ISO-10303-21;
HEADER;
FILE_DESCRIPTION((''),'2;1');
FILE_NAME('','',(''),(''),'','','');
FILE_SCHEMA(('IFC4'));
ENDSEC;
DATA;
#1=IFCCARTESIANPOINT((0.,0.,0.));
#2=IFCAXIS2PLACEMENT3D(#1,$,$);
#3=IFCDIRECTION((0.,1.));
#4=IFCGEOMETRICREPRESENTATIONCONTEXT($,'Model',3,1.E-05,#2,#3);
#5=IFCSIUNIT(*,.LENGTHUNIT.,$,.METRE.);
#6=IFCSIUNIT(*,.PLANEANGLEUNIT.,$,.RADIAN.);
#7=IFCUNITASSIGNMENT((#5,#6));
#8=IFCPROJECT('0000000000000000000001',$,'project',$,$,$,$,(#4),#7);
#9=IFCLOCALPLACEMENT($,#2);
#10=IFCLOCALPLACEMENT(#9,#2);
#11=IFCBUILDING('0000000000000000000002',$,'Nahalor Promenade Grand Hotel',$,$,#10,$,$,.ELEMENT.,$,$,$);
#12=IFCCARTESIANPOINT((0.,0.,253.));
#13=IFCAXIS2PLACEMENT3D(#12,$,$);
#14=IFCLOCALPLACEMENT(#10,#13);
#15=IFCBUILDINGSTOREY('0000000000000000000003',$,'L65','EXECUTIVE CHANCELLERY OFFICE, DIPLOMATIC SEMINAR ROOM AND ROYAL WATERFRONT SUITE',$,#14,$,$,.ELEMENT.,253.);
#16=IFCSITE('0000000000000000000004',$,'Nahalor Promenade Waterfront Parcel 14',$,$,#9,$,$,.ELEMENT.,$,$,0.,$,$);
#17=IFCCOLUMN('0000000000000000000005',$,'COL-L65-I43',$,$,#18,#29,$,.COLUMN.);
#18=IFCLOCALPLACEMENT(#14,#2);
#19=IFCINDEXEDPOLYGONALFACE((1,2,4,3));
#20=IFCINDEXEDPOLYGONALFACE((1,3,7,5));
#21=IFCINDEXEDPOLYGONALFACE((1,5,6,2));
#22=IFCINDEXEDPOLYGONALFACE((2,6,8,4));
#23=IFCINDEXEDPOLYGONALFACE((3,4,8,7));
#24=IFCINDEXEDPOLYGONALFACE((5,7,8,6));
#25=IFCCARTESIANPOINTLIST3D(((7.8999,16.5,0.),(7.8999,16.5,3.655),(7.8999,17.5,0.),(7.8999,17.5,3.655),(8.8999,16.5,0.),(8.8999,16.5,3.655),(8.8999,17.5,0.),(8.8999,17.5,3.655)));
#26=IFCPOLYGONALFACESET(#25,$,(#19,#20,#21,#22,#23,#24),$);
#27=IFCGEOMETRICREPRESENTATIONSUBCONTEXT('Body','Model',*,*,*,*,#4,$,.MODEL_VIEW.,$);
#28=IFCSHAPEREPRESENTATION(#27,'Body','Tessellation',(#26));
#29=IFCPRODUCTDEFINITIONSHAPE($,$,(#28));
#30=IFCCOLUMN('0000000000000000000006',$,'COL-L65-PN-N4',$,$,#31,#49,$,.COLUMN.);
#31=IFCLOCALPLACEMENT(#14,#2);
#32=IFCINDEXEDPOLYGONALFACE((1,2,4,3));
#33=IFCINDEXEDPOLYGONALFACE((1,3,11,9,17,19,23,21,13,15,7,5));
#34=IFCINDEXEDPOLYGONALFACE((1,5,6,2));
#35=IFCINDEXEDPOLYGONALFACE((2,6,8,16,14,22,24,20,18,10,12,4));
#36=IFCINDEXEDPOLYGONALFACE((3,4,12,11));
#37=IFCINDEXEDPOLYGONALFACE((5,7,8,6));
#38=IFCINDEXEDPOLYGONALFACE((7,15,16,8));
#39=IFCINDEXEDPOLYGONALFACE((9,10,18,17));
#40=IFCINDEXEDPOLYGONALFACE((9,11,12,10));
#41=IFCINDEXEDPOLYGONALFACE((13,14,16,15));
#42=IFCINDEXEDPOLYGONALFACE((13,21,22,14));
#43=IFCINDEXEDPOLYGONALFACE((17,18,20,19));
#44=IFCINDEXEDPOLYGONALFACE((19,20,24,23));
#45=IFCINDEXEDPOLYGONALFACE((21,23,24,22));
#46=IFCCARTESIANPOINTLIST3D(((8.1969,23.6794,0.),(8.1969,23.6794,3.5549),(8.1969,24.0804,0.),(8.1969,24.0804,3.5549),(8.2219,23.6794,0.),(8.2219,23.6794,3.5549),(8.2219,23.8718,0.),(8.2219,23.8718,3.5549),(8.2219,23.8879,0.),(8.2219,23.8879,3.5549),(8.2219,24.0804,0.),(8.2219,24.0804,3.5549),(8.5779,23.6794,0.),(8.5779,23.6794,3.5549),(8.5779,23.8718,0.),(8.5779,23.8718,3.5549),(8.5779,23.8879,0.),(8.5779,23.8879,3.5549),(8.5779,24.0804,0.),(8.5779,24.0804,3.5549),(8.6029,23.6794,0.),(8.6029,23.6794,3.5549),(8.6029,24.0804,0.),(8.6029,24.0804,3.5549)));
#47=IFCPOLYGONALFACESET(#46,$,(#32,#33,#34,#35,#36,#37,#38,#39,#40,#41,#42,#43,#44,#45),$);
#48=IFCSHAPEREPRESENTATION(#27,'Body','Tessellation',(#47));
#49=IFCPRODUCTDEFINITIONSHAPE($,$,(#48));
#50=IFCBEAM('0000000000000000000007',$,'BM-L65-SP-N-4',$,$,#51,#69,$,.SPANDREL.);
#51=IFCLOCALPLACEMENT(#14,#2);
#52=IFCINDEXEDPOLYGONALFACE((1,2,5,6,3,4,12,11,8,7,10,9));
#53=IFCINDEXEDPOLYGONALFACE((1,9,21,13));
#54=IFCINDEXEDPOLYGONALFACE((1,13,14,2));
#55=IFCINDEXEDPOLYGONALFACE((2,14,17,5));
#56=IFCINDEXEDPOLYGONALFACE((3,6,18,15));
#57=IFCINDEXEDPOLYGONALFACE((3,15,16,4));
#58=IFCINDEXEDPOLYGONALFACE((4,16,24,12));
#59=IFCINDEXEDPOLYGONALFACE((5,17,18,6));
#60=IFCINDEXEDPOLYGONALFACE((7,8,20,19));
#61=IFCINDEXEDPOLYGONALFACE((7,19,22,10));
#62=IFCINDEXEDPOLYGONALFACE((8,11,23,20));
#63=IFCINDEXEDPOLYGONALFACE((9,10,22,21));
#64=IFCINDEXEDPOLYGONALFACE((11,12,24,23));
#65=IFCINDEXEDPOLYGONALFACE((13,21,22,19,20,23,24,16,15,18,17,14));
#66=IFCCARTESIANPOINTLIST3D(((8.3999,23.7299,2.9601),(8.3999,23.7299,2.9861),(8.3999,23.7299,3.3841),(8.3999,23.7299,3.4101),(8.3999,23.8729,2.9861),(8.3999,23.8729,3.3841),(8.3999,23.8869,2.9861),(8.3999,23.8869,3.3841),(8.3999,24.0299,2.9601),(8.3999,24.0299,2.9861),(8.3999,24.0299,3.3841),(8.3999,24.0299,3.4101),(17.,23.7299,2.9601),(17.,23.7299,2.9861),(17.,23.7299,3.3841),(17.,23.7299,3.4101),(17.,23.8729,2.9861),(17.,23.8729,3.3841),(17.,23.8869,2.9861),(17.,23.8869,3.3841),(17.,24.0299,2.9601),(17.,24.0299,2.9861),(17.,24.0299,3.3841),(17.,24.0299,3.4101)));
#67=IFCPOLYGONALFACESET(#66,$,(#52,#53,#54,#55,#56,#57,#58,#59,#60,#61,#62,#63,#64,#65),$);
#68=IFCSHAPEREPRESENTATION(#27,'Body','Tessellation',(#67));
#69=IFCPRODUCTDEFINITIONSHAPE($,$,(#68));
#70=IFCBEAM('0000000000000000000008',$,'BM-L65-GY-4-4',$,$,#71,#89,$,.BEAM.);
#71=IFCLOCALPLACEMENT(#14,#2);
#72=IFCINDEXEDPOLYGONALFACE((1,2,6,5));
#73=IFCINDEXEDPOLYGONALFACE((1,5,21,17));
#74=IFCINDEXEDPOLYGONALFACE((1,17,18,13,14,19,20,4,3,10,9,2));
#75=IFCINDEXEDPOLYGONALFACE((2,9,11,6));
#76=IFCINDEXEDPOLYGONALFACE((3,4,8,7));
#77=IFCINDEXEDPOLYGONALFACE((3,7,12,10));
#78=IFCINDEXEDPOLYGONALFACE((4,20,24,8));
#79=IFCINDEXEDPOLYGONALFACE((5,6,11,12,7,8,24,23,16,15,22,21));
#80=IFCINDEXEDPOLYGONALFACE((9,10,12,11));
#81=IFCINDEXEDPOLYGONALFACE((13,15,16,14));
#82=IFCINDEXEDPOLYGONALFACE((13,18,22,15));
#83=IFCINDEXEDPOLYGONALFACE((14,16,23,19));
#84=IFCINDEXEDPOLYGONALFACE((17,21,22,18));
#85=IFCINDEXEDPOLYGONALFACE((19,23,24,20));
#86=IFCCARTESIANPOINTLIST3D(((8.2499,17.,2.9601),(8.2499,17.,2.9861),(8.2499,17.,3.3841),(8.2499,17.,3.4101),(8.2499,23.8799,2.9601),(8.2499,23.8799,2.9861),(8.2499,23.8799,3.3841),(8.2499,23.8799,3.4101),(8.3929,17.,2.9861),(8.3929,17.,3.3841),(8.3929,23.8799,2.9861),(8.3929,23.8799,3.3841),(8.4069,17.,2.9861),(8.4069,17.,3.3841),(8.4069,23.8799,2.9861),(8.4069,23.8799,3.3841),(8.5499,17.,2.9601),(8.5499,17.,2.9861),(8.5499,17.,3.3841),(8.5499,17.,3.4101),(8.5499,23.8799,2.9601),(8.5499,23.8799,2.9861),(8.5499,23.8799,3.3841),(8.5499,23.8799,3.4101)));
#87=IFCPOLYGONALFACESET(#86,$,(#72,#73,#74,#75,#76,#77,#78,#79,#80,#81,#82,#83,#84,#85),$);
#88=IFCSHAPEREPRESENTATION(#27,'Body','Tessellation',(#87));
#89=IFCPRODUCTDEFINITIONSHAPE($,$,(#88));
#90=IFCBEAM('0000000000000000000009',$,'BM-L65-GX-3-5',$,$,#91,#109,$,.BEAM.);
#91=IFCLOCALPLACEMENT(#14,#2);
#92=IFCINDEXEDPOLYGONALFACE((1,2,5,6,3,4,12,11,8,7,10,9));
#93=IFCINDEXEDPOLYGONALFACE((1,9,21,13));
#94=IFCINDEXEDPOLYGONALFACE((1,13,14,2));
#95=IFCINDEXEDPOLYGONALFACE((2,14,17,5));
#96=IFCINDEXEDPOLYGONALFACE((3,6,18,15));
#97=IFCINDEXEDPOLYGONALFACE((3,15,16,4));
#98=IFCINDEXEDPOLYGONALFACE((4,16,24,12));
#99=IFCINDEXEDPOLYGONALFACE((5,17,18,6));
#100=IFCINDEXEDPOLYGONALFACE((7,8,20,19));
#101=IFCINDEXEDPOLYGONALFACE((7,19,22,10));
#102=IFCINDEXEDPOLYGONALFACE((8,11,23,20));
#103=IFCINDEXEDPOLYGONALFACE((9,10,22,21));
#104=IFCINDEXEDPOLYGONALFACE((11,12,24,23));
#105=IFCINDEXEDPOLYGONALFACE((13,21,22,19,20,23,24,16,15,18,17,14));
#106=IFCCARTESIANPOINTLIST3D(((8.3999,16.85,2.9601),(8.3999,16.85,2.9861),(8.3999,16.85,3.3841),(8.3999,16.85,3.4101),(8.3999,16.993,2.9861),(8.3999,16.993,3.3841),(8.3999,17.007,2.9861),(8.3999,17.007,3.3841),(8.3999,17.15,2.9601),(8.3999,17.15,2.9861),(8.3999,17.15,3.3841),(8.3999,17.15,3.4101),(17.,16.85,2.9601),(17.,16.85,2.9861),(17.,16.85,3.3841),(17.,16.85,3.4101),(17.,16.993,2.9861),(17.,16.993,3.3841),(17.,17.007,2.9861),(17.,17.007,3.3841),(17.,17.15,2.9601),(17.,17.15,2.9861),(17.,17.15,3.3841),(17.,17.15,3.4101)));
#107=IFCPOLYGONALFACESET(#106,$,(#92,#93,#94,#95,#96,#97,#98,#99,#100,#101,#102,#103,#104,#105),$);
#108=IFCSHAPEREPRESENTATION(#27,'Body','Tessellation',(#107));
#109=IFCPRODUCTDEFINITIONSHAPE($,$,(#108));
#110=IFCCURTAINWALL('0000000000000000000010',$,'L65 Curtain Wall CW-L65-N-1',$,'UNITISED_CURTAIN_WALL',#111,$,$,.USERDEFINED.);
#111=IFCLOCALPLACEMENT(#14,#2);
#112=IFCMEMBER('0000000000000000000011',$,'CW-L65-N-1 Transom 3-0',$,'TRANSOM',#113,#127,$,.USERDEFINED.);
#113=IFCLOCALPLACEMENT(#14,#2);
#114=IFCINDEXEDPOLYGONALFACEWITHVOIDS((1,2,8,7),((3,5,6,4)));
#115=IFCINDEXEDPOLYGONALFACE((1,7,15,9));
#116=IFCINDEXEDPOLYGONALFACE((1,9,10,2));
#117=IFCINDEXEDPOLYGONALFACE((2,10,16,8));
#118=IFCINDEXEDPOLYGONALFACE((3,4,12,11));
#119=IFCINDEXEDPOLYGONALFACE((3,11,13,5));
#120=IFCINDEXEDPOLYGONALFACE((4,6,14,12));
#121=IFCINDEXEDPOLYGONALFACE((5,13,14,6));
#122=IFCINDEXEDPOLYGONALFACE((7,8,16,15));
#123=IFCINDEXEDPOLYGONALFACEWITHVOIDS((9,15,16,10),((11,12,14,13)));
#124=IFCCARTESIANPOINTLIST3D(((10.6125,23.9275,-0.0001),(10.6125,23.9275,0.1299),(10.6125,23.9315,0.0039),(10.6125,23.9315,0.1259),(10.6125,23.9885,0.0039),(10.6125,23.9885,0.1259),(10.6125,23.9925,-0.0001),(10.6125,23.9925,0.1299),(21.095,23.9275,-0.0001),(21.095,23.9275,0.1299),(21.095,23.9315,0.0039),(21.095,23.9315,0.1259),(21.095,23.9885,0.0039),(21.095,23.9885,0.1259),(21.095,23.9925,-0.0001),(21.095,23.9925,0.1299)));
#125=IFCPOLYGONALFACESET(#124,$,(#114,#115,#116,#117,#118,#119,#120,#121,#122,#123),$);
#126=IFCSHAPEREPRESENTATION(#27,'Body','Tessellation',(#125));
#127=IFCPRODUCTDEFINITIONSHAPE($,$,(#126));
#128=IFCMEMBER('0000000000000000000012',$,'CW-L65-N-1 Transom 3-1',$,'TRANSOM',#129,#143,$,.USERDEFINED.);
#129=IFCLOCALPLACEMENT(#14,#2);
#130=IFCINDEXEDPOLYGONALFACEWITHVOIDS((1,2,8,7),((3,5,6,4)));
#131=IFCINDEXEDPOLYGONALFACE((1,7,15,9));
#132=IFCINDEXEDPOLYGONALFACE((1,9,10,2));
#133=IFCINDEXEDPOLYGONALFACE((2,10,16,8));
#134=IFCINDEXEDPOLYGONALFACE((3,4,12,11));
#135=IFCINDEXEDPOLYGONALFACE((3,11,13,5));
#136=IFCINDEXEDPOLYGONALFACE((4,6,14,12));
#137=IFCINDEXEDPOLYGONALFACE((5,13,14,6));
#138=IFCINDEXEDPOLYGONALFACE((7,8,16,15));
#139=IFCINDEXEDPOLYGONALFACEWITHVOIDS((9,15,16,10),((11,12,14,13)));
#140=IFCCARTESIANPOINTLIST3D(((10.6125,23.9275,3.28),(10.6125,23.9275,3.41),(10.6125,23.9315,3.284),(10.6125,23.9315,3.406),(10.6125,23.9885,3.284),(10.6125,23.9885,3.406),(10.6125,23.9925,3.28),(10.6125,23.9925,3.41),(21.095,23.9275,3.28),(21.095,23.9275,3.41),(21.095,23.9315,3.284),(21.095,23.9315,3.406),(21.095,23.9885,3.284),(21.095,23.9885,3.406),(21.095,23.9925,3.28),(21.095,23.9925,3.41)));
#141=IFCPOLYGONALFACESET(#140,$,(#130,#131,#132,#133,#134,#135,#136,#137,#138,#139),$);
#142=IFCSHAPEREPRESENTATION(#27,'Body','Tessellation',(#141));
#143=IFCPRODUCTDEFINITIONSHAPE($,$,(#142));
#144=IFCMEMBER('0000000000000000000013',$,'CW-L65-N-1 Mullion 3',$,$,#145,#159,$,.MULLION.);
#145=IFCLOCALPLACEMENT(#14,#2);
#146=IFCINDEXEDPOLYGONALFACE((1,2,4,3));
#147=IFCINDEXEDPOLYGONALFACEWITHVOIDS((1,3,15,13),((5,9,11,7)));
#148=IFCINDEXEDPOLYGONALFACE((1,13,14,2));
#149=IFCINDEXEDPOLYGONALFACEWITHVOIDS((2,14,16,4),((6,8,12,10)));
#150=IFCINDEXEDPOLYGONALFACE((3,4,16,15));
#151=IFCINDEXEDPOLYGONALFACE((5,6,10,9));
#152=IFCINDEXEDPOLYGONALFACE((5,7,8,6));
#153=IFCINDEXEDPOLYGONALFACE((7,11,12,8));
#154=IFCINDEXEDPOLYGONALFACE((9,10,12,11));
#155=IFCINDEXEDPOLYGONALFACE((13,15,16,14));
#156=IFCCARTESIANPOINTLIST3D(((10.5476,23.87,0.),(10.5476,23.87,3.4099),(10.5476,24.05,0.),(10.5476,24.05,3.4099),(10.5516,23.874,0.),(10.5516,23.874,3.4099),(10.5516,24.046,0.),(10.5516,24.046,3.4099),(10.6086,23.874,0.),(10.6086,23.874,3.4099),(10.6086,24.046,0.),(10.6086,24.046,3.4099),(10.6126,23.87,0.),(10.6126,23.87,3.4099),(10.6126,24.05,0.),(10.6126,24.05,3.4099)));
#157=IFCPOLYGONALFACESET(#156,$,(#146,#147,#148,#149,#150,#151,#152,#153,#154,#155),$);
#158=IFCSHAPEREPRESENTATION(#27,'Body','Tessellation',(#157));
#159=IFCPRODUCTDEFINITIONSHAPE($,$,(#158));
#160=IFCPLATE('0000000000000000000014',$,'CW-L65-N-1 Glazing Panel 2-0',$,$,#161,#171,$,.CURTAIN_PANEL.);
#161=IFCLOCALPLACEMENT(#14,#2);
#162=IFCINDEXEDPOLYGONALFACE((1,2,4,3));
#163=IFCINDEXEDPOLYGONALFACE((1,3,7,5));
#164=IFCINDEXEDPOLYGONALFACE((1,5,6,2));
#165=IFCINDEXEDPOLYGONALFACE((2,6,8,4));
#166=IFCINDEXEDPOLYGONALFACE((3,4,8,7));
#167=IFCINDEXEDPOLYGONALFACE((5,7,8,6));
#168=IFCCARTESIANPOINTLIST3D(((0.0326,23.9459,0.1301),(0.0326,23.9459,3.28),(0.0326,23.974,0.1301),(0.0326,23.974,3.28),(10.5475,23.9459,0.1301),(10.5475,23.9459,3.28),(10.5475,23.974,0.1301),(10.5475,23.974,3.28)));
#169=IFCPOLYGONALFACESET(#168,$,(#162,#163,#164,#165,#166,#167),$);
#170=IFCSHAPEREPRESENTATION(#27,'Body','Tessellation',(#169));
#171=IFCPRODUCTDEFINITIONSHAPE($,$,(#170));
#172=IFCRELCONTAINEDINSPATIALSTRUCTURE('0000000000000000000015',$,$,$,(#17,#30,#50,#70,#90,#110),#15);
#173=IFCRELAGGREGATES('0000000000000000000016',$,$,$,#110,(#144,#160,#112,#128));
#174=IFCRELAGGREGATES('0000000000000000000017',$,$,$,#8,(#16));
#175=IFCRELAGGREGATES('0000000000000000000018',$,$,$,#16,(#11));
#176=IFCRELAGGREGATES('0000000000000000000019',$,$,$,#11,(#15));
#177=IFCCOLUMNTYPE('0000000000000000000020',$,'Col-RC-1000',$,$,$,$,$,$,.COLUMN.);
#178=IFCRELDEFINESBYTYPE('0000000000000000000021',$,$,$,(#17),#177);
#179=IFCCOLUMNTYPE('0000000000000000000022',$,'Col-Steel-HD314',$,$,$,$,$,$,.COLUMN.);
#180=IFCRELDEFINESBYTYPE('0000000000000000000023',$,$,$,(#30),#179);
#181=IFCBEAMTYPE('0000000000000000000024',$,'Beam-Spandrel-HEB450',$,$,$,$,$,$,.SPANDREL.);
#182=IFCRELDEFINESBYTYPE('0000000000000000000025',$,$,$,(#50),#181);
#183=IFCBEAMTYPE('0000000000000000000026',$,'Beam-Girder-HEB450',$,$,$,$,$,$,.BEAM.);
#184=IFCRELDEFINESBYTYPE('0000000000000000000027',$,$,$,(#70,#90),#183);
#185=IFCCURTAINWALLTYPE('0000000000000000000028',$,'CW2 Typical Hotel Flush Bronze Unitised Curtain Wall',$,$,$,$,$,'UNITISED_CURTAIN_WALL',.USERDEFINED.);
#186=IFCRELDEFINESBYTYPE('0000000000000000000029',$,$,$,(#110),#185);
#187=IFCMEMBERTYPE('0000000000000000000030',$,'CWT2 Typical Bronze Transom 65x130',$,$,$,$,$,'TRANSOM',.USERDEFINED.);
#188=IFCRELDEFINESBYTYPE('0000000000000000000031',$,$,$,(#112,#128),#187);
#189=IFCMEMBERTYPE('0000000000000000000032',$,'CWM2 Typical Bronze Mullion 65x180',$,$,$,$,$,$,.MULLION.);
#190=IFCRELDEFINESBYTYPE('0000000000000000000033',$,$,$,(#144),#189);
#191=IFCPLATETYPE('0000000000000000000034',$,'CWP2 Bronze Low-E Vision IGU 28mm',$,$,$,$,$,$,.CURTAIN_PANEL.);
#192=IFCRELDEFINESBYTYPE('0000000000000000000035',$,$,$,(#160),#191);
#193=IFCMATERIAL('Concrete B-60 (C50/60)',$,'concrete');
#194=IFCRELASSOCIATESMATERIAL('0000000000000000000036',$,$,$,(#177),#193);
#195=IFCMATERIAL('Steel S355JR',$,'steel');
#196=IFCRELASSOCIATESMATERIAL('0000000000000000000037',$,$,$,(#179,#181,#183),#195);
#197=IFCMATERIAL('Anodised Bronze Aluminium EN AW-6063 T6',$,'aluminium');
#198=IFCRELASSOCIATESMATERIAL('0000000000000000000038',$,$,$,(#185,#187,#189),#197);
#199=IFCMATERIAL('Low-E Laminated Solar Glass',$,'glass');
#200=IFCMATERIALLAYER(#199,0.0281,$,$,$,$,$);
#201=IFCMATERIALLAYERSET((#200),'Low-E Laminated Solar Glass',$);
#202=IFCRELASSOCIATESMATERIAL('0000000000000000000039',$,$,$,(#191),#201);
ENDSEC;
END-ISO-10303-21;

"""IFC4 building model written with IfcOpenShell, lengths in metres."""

from ifc_helpers import new_model, si_unit, direction, frame, origin, origin_2d, place, context, subcontext, project, spatial, rectangle, hollow_rectangle, i_section, extrude, source, transform, mapped, material, layer, layer_set, material_profile, profile_set, type_object, element, aggregate, save


model = new_model("IFC4")

# Units and contexts
model_context = context("Model", 3, precision=1e-05, world=origin(), true_north=direction((0.0, 1.0)))
body_context = subcontext(model_context, "Body", "Model", "MODEL_VIEW")
ifc_project = project(units=[si_unit("LENGTHUNIT", "METRE"), si_unit("PLANEANGLEUNIT", "RADIAN")], contexts=[model_context])

# Site, building, storey
site_placement = place(None, origin())
site = spatial("IfcSite", under=ifc_project, at=site_placement, Name="Nahalor Promenade Waterfront Parcel 14", CompositionType="ELEMENT", RefElevation=0.0)
building_placement = place(site_placement, origin())
building = spatial("IfcBuilding", under=site, at=building_placement, Name="Nahalor Promenade Grand Hotel", CompositionType="ELEMENT")
storey_placement = place(building_placement, frame((0.0, 0.0, 253.0)))
storey = spatial("IfcBuildingStorey", under=building, at=storey_placement, Name="L65", Description="EXECUTIVE CHANCELLERY OFFICE, DIPLOMATIC SEMINAR ROOM AND ROYAL WATERFRONT SUITE", CompositionType="ELEMENT", Elevation=253.0)

# Columns
ifc_material_1 = material(Name="Concrete B-60 (C50/60)", Category="concrete")
ifc_material_profile_1 = material_profile(ifc_material_1, rectangle(XDim=1.0, YDim=1.0, at=origin_2d()), Name="RC 1000x1000")
ifc_profile_set_1 = profile_set([ifc_material_profile_1], Name="Concrete B-60 (C50/60)")
column_type_1 = type_object("IfcColumnType", Name="Col-RC-1000", PredefinedType="COLUMN", material=ifc_profile_set_1)
shared_shape_1 = source(origin(), body_context, "Body", "SweptSolid", [
    extrude(rectangle(XDim=1.0, YDim=1.0, at=origin_2d()), origin(), (0.0, 0.0, 1.0), 3.655),
])
column_1_placement = place(storey_placement, frame((8.3999, 17.0, 0.0), z_axis=(0.0, 0.0, 1.0), x_axis=(1.0, 0.0, 0.0)))
element("IfcColumn", 1, at=column_1_placement, inside=storey, type_object=column_type_1, Name="COL-L65-I43", PredefinedType="COLUMN", context=body_context, shape_type="MappedRepresentation", body=[
    mapped(shared_shape_1, transform((0.0, 0.0, 0.0), scale=1.0)),
])
ifc_material_2 = material(Name="Steel S355JR", Category="steel")
ifc_material_profile_2 = material_profile(ifc_material_2, i_section(OverallWidth=0.401, OverallDepth=0.406, WebThickness=0.0161, FlangeThickness=0.025, at=origin_2d()), Name="HD 400x314")
ifc_profile_set_2 = profile_set([ifc_material_profile_2], Name="Steel S355JR")
column_type_2 = type_object("IfcColumnType", Name="Col-Steel-HD314", PredefinedType="COLUMN", material=ifc_profile_set_2)
shared_shape_2 = source(origin(), body_context, "Body", "SweptSolid", [
    extrude(i_section(OverallWidth=0.401, OverallDepth=0.406, WebThickness=0.0161, FlangeThickness=0.025, at=origin_2d()), origin(), (0.0, 0.0, 1.0), 3.5549),
])
column_2_placement = place(storey_placement, frame((8.3999, 23.8799, 0.0), z_axis=(0.0, 0.0, 1.0), x_axis=(0.0, 1.0, 0.0)))
element("IfcColumn", 2, at=column_2_placement, inside=storey, type_object=column_type_2, Name="COL-L65-PN-N4", PredefinedType="COLUMN", context=body_context, shape_type="MappedRepresentation", body=[
    mapped(shared_shape_2, transform((0.0, 0.0, 0.0), scale=1.0)),
])

# Beams
ifc_material_profile_3 = material_profile(ifc_material_2, i_section(OverallWidth=0.3, OverallDepth=0.45, WebThickness=0.014, FlangeThickness=0.026, at=origin_2d()), Name="HEB 450")
ifc_profile_set_3 = profile_set([ifc_material_profile_3], Name="Steel S355JR")
beam_type_1 = type_object("IfcBeamType", Name="Beam-Spandrel-HEB450", PredefinedType="SPANDREL", material=ifc_profile_set_3)
shared_shape_3 = source(origin(), body_context, "Body", "SweptSolid", [
    extrude(i_section(OverallWidth=0.3, OverallDepth=0.45, WebThickness=0.014, FlangeThickness=0.026, at=origin_2d()), origin(), (0.0, 0.0, 1.0), 8.6001),
])
beam_1_placement = place(storey_placement, frame((8.3999, 23.8799, 3.1851), z_axis=(1.0, 0.0, 0.0), x_axis=(0.0, 1.0, 0.0)))
element("IfcBeam", 3, at=beam_1_placement, inside=storey, type_object=beam_type_1, Name="BM-L65-SP-N-4", PredefinedType="SPANDREL", context=body_context, shape_type="MappedRepresentation", body=[
    mapped(shared_shape_3, transform((0.0, 0.0, 0.0), scale=1.0)),
])
ifc_material_profile_4 = material_profile(ifc_material_2, i_section(OverallWidth=0.3, OverallDepth=0.45, WebThickness=0.014, FlangeThickness=0.026, at=origin_2d()), Name="HEB 450")
ifc_profile_set_4 = profile_set([ifc_material_profile_4], Name="Steel S355JR")
beam_type_2 = type_object("IfcBeamType", Name="Beam-Girder-HEB450", PredefinedType="BEAM", material=ifc_profile_set_4)
shared_shape_4 = source(origin(), body_context, "Body", "SweptSolid", [
    extrude(i_section(OverallWidth=0.3, OverallDepth=0.45, WebThickness=0.014, FlangeThickness=0.026, at=origin_2d()), origin(), (0.0, 0.0, 1.0), 6.8799),
])
beam_2_placement = place(storey_placement, frame((8.3999, 17.0, 3.1851), z_axis=(0.0, 1.0, 0.0), x_axis=(-1.0, 0.0, 0.0)))
element("IfcBeam", 4, at=beam_2_placement, inside=storey, type_object=beam_type_2, Name="BM-L65-GY-4-4", PredefinedType="BEAM", context=body_context, shape_type="MappedRepresentation", body=[
    mapped(shared_shape_4, transform((0.0, 0.0, 0.0), scale=1.0)),
])
shared_shape_5 = source(origin(), body_context, "Body", "SweptSolid", [
    extrude(i_section(OverallWidth=0.3, OverallDepth=0.45, WebThickness=0.014, FlangeThickness=0.026, at=origin_2d()), origin(), (0.0, 0.0, 1.0), 8.6001),
])
beam_3_placement = place(storey_placement, frame((8.3999, 17.0, 3.1851), z_axis=(1.0, 0.0, 0.0), x_axis=(0.0, 1.0, 0.0)))
element("IfcBeam", 5, at=beam_3_placement, inside=storey, type_object=beam_type_2, Name="BM-L65-GX-3-5", PredefinedType="BEAM", context=body_context, shape_type="MappedRepresentation", body=[
    mapped(shared_shape_5, transform((0.0, 0.0, 0.0), scale=1.0)),
])

# Curtain wall, members, plate
ifc_material_3 = material(Name="Anodised Bronze Aluminium EN AW-6063 T6", Category="aluminium")
curtain_wall_type = type_object("IfcCurtainWallType", Name="CW2 Typical Hotel Flush Bronze Unitised Curtain Wall", ElementType="UNITISED_CURTAIN_WALL", PredefinedType="USERDEFINED", material=ifc_material_3)
curtain_wall_placement = place(storey_placement, origin())
curtain_wall = element("IfcCurtainWall", 6, at=curtain_wall_placement, inside=storey, type_object=curtain_wall_type, Name="L65 Curtain Wall CW-L65-N-1", ObjectType="UNITISED_CURTAIN_WALL", PredefinedType="USERDEFINED")
ifc_material_profile_5 = material_profile(ifc_material_3, hollow_rectangle(XDim=0.065, YDim=0.13, WallThickness=0.004, at=origin_2d()), Name="CWT 65x130x4")
ifc_profile_set_5 = profile_set([ifc_material_profile_5], Name="Anodised Bronze Aluminium EN AW-6063 T6")
member_type_1 = type_object("IfcMemberType", Name="CWT2 Typical Bronze Transom 65x130", ElementType="TRANSOM", PredefinedType="USERDEFINED", material=ifc_profile_set_5)
shared_shape_6 = source(origin(), body_context, "Body", "SweptSolid", [
    extrude(hollow_rectangle(XDim=0.065, YDim=0.13, WallThickness=0.004, at=origin_2d()), origin(), (0.0, 0.0, 1.0), 10.4824),
])
member_1_placement = place(storey_placement, frame((10.6125, 23.96, 0.0649), z_axis=(1.0, 0.0, 0.0), x_axis=(0.0, 1.0, 0.0)))
member_1 = element("IfcMember", 7, at=member_1_placement, type_object=member_type_1, Name="CW-L65-N-1 Transom 3-0", ObjectType="TRANSOM", PredefinedType="USERDEFINED", context=body_context, shape_type="MappedRepresentation", body=[
    mapped(shared_shape_6, transform((0.0, 0.0, 0.0), scale=1.0)),
])
member_2_placement = place(storey_placement, frame((10.6125, 23.96, 3.345), z_axis=(1.0, 0.0, 0.0), x_axis=(0.0, 1.0, 0.0)))
member_2 = element("IfcMember", 8, at=member_2_placement, type_object=member_type_1, Name="CW-L65-N-1 Transom 3-1", ObjectType="TRANSOM", PredefinedType="USERDEFINED", context=body_context, shape_type="MappedRepresentation", body=[
    mapped(shared_shape_6, transform((0.0, 0.0, 0.0), scale=1.0)),
])
ifc_material_profile_6 = material_profile(ifc_material_3, hollow_rectangle(XDim=0.065, YDim=0.18, WallThickness=0.004, at=origin_2d()), Name="CWM 65x180x4")
ifc_profile_set_6 = profile_set([ifc_material_profile_6], Name="Anodised Bronze Aluminium EN AW-6063 T6")
member_type_2 = type_object("IfcMemberType", Name="CWM2 Typical Bronze Mullion 65x180", PredefinedType="MULLION", material=ifc_profile_set_6)
shared_shape_7 = source(origin(), body_context, "Body", "SweptSolid", [
    extrude(hollow_rectangle(XDim=0.065, YDim=0.18, WallThickness=0.004, at=origin_2d()), origin(), (0.0, 0.0, 1.0), 3.4099),
])
member_3_placement = place(storey_placement, frame((10.5801, 23.96, 0.0), z_axis=(0.0, 0.0, 1.0), x_axis=(1.0, 0.0, 0.0)))
member_3 = element("IfcMember", 9, at=member_3_placement, type_object=member_type_2, Name="CW-L65-N-1 Mullion 3", PredefinedType="MULLION", context=body_context, shape_type="MappedRepresentation", body=[
    mapped(shared_shape_7, transform((0.0, 0.0, 0.0), scale=1.0)),
])
ifc_material_4 = material(Name="Low-E Laminated Solar Glass", Category="glass")
ifc_layer_1 = layer(ifc_material_4, 0.0281)
ifc_layer_set_1 = layer_set([ifc_layer_1], Name="Low-E Laminated Solar Glass")
plate_type = type_object("IfcPlateType", Name="CWP2 Bronze Low-E Vision IGU 28mm", PredefinedType="CURTAIN_PANEL", material=ifc_layer_set_1)
shared_shape_8 = source(origin(), body_context, "Body", "SweptSolid", [
    extrude(rectangle(XDim=10.5149, YDim=0.0281, at=origin_2d()), origin(), (0.0, 0.0, 1.0), 3.1499),
])
plate_placement = place(storey_placement, frame((5.29, 23.96, 0.1301), z_axis=(0.0, 0.0, 1.0), x_axis=(1.0, 0.0, 0.0)))
plate = element("IfcPlate", 10, at=plate_placement, type_object=plate_type, Name="CW-L65-N-1 Glazing Panel 2-0", PredefinedType="CURTAIN_PANEL", context=body_context, shape_type="MappedRepresentation", body=[
    mapped(shared_shape_8, transform((0.0, 0.0, 0.0), scale=1.0)),
])
aggregate(curtain_wall, [member_3, plate, member_1, member_2])

save(model, "model.ifc")
